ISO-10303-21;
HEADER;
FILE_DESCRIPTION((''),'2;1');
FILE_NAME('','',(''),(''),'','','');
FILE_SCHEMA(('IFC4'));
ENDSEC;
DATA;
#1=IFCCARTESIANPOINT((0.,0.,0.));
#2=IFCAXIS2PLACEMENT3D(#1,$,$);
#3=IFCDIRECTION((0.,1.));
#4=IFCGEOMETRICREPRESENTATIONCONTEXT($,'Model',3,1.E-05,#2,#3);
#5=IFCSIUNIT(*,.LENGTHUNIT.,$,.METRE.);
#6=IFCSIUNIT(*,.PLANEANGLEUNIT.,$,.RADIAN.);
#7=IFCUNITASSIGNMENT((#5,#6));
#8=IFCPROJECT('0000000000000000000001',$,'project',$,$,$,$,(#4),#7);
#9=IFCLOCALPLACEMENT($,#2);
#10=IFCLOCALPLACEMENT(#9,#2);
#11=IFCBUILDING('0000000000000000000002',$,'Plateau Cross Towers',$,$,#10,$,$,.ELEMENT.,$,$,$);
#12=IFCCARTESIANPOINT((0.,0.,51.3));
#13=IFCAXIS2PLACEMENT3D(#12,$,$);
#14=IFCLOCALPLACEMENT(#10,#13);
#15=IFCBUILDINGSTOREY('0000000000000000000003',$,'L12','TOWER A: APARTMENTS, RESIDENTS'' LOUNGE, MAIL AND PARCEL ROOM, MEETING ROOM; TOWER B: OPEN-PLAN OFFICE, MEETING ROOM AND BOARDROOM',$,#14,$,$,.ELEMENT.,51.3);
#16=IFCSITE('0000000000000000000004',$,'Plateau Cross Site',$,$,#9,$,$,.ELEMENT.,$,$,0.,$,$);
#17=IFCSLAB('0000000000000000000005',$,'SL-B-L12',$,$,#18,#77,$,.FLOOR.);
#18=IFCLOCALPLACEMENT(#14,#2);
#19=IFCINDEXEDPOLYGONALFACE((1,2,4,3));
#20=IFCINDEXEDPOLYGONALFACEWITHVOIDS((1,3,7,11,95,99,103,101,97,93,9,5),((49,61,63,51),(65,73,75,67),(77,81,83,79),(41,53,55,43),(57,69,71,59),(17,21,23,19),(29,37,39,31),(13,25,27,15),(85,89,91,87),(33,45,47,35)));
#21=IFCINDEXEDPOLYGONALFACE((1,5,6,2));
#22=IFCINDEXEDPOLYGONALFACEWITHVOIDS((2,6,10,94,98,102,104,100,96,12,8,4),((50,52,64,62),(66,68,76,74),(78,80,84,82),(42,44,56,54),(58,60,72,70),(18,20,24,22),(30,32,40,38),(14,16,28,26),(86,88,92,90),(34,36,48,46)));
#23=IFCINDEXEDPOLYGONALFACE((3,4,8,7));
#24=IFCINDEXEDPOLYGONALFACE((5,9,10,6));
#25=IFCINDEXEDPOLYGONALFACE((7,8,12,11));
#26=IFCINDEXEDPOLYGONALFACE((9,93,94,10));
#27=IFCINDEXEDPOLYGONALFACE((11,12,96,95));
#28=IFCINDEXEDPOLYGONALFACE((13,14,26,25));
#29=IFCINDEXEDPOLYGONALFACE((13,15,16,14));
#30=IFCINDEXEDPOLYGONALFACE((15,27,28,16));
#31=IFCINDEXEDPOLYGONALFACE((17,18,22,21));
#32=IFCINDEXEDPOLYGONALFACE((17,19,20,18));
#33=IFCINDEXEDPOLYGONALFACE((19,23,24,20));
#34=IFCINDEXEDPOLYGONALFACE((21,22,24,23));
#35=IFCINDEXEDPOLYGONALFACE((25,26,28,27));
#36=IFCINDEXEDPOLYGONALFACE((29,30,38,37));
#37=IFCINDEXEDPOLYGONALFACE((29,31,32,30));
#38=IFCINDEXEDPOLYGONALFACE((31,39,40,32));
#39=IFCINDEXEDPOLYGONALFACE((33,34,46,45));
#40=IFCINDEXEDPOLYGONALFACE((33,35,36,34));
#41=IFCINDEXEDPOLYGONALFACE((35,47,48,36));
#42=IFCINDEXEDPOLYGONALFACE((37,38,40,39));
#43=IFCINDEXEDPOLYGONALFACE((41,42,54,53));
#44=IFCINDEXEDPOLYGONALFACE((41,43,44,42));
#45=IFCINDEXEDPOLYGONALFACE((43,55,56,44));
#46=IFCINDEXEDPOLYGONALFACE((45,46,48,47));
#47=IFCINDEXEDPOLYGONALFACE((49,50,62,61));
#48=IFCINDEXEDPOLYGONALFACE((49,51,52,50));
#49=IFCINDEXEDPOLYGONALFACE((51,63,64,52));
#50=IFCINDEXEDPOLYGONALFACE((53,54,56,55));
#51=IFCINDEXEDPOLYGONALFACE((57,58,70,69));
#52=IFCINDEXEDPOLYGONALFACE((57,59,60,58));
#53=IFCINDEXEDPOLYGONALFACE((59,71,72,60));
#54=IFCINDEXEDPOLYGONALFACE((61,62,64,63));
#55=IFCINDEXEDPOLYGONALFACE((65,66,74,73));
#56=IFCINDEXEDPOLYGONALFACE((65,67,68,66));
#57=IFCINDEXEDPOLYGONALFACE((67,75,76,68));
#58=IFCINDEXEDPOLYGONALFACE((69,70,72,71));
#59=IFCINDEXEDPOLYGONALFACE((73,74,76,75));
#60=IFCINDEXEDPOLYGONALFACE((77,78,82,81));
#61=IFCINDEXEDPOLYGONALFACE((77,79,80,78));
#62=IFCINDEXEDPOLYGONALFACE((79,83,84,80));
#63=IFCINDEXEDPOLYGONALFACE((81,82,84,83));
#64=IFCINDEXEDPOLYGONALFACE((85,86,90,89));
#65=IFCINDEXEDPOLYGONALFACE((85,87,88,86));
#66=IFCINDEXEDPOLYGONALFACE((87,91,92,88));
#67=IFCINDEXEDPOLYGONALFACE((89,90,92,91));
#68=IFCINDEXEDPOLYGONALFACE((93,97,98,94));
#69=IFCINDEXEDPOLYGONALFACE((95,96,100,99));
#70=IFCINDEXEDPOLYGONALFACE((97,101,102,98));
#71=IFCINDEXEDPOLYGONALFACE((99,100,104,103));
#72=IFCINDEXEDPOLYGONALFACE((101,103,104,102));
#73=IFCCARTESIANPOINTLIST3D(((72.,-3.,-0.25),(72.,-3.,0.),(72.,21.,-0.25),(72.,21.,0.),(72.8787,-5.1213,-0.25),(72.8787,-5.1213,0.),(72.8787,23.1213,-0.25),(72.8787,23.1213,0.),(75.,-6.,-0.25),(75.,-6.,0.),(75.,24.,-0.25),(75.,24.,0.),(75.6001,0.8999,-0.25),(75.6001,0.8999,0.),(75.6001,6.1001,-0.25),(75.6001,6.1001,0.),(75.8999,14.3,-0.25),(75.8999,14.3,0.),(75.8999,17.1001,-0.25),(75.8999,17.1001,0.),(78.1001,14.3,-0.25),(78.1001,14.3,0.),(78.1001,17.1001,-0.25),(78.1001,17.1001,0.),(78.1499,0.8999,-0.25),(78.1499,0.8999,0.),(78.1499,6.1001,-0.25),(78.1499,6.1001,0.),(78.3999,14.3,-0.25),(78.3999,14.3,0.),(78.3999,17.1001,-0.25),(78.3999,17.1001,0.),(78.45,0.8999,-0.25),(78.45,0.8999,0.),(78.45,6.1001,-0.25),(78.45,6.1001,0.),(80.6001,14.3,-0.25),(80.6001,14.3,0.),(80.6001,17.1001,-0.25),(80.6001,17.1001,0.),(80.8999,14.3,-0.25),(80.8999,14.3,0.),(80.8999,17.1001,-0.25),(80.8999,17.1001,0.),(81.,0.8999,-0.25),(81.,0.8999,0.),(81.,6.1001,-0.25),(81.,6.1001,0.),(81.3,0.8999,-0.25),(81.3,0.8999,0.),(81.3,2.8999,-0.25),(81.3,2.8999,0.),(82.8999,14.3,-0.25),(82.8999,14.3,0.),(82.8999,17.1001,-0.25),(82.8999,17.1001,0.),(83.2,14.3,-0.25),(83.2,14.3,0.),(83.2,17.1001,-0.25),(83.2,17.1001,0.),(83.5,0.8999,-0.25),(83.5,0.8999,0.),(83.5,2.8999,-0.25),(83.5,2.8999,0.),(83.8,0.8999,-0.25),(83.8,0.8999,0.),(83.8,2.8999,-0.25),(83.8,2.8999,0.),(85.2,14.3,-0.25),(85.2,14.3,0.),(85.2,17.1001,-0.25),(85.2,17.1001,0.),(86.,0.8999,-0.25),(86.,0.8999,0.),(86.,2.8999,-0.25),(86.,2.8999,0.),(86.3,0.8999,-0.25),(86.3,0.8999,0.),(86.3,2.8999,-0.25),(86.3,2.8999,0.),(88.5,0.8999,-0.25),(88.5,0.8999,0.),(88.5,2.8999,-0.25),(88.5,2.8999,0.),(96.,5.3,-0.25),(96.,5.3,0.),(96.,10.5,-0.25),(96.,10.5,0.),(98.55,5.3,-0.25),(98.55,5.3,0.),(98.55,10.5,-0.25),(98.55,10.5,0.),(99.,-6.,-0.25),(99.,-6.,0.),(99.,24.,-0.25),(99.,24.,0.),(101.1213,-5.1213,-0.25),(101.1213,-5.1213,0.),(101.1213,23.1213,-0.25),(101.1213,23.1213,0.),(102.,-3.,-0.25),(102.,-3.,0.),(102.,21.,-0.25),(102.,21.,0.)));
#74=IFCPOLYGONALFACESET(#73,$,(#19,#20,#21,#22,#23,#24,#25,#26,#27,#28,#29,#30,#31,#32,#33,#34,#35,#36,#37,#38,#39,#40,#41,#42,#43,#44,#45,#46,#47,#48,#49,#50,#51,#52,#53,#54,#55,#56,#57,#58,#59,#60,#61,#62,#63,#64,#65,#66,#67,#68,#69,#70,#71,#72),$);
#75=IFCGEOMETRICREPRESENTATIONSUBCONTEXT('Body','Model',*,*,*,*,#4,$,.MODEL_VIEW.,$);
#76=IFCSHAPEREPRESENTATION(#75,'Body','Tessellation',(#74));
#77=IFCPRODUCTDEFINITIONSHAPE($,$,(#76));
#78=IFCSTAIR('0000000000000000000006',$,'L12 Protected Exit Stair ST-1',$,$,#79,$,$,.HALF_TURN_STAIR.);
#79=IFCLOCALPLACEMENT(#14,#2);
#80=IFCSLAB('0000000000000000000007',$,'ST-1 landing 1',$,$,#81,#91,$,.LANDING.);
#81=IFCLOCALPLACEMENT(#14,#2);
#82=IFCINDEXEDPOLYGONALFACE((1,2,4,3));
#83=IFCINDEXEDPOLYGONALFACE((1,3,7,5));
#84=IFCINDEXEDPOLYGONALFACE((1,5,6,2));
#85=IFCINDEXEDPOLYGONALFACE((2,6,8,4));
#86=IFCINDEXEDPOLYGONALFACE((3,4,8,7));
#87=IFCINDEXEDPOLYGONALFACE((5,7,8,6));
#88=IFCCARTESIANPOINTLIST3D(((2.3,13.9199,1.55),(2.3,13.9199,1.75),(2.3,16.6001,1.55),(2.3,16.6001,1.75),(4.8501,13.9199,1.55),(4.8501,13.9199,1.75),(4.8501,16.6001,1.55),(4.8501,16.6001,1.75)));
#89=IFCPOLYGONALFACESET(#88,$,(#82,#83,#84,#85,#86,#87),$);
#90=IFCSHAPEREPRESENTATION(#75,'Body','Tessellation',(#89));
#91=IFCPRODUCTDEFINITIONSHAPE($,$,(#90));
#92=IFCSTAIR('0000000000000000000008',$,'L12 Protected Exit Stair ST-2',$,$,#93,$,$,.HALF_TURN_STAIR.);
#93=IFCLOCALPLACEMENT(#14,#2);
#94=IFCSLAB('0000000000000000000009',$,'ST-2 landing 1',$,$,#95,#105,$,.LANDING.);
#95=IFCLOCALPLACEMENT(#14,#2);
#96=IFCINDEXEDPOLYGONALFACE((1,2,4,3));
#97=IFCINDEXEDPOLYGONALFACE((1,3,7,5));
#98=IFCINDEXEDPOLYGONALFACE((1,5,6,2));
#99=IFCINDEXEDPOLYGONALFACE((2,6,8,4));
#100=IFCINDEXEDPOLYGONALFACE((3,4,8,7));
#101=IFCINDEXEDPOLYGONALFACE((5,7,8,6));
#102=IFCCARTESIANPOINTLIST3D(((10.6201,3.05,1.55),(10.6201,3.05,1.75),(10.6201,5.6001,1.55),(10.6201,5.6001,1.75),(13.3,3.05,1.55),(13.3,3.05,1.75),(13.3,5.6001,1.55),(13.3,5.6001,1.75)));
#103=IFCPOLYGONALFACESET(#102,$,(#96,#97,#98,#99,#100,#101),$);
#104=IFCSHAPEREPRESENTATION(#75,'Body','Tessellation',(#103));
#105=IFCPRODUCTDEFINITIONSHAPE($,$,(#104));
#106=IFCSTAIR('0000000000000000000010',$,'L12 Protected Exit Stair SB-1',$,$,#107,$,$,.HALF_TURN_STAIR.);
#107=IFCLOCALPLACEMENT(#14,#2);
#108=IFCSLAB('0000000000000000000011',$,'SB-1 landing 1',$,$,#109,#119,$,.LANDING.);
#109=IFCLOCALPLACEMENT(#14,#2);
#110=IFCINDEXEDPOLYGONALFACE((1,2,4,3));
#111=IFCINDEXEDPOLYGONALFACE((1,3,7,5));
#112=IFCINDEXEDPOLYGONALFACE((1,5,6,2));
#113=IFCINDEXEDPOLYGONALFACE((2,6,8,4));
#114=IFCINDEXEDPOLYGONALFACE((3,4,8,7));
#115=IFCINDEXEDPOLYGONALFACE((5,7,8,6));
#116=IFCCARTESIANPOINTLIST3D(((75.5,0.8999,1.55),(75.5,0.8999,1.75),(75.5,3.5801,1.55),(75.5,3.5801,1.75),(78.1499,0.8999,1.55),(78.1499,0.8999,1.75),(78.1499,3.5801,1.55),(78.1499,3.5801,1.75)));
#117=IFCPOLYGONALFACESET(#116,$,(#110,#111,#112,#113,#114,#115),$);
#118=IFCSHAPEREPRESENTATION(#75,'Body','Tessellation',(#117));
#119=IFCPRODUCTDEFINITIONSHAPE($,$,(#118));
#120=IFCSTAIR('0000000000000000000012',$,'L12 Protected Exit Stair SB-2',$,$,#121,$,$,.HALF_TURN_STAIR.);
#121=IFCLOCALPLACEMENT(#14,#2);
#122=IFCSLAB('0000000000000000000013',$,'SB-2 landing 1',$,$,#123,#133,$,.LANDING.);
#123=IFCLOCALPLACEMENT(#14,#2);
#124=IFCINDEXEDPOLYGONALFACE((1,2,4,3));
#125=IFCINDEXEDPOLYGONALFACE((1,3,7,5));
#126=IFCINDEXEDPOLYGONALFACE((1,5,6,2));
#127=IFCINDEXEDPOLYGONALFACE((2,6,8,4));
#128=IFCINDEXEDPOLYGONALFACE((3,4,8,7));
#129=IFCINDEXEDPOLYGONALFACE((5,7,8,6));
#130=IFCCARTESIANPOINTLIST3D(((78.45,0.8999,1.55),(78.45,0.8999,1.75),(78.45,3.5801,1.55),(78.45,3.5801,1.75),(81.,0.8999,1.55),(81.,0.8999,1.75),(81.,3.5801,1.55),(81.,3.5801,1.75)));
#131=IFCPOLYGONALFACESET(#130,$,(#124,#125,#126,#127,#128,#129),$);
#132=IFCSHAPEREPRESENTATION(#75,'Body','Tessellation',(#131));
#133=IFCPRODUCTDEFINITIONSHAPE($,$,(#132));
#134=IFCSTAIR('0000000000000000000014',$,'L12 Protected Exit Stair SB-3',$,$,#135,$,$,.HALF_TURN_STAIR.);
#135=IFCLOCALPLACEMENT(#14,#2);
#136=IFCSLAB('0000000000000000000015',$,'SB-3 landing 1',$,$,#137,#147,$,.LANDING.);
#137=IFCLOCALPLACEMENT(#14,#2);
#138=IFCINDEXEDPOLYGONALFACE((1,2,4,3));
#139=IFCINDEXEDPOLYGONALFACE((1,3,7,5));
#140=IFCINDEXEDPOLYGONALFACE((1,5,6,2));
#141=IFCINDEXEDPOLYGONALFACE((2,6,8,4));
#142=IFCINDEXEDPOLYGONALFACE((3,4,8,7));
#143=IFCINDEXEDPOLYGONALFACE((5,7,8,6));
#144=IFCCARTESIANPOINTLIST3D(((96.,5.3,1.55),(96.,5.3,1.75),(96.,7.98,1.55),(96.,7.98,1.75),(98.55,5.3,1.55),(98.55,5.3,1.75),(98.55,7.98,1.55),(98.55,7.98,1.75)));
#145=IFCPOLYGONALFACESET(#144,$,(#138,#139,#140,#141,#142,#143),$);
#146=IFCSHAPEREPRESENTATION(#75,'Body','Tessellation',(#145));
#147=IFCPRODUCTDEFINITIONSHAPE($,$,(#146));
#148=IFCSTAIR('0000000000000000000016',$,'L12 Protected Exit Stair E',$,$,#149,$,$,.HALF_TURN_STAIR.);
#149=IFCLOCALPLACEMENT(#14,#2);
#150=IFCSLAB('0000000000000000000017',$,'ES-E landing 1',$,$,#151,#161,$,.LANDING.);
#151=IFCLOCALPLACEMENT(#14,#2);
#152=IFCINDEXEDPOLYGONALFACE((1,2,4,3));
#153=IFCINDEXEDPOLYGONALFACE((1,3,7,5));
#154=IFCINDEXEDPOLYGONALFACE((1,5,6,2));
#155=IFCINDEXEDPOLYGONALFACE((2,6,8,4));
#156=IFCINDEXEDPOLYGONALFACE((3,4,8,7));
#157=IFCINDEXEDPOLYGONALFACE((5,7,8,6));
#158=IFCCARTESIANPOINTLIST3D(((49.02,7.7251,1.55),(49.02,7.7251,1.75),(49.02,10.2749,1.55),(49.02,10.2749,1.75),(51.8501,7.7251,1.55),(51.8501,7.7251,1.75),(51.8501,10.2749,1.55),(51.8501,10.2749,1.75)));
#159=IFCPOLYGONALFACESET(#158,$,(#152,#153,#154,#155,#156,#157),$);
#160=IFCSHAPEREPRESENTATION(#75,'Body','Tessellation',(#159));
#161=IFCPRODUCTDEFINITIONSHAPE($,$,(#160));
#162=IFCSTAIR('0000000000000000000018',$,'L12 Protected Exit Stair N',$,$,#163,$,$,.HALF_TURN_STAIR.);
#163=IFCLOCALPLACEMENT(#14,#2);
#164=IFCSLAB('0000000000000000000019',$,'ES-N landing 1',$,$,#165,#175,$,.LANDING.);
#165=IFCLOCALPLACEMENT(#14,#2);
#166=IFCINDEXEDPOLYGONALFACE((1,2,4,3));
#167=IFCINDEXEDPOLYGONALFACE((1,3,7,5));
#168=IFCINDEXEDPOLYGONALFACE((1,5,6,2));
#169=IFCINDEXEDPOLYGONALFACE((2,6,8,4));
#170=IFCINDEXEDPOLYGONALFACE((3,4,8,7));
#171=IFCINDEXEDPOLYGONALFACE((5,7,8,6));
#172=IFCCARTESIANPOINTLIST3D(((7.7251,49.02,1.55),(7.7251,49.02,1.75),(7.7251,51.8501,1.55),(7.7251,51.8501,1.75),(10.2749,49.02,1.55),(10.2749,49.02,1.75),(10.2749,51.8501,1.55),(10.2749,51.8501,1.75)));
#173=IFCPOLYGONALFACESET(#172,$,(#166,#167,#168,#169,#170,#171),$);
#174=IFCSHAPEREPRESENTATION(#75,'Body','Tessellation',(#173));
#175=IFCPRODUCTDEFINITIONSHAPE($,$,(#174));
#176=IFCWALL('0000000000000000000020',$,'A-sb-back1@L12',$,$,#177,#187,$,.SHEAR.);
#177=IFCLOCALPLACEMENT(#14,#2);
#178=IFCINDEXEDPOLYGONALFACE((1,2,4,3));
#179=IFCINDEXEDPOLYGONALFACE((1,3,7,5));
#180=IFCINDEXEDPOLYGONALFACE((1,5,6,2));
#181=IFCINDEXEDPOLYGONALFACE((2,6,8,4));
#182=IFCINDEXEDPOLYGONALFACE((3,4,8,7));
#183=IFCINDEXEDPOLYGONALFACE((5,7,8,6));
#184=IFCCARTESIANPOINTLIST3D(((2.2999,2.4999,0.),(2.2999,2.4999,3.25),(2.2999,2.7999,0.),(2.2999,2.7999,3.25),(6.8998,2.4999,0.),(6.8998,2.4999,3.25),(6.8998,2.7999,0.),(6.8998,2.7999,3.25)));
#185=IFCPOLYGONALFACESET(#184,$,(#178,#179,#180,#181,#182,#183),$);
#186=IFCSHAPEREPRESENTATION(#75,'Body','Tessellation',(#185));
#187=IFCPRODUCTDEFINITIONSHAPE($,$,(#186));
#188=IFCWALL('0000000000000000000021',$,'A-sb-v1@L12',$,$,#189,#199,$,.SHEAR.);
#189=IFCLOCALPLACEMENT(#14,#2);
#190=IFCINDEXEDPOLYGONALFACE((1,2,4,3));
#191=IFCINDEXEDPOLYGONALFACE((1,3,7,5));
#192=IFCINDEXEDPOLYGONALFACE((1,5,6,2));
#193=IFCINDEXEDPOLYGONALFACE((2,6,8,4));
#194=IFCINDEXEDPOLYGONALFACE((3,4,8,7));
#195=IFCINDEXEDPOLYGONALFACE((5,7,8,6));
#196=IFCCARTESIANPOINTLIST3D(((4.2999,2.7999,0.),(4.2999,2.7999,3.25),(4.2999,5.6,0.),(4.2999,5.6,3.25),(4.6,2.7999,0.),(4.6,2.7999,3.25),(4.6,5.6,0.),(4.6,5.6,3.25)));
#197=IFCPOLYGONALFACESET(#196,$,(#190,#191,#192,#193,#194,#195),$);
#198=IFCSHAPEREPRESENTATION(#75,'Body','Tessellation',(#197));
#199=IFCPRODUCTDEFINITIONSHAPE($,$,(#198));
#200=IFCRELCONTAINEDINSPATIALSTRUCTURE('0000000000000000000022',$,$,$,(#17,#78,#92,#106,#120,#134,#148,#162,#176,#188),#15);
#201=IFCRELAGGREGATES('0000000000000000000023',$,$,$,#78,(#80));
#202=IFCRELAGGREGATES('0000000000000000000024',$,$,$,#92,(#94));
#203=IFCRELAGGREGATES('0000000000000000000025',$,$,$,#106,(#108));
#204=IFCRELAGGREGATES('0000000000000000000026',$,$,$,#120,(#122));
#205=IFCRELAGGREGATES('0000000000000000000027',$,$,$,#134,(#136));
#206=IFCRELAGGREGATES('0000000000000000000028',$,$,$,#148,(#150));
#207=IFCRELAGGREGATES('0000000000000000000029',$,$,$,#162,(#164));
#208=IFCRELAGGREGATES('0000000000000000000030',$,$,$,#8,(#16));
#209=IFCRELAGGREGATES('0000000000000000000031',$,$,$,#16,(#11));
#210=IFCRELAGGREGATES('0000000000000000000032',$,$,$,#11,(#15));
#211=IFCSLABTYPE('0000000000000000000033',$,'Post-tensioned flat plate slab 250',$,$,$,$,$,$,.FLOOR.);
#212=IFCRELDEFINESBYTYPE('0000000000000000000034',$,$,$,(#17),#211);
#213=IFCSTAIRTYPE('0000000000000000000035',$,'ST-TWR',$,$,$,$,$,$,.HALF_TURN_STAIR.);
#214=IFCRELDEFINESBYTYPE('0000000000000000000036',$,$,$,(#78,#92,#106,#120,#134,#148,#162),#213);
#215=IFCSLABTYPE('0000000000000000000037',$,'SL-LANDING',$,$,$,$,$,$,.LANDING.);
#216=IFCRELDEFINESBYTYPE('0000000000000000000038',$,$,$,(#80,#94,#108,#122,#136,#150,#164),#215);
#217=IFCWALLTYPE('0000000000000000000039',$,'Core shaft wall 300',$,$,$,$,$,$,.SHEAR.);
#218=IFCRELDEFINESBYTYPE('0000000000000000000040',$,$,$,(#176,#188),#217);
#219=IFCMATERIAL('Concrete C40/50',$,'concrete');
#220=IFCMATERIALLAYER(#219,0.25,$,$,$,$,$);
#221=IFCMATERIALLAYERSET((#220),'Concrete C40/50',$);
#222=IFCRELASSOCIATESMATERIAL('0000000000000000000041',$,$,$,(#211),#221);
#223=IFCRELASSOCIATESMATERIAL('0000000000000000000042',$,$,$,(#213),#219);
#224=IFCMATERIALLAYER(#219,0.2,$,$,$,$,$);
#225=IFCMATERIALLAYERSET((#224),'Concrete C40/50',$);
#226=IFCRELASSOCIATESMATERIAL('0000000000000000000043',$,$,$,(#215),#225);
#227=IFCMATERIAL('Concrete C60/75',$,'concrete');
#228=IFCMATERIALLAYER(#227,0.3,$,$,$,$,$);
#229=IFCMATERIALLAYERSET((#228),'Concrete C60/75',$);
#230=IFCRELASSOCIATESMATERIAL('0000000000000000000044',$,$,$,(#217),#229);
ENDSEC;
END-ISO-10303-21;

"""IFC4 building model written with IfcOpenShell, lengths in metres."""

from ifc_helpers import new_model, si_unit, direction, frame, frame_2d, origin, place, context, subcontext, project, spatial, polyline, rectangle, outline, extrude, material, layer, layer_set, type_object, element, aggregate, save


model = new_model("IFC4")

# Units and contexts
model_context = context("Model", 3, precision=1e-05, world=origin(), true_north=direction((0.0, 1.0)))
body_context = subcontext(model_context, "Body", "Model", "MODEL_VIEW")
ifc_project = project(units=[si_unit("LENGTHUNIT", "METRE"), si_unit("PLANEANGLEUNIT", "RADIAN")], contexts=[model_context])

# Site, building, storey
site_placement = place(None, origin())
site = spatial("IfcSite", under=ifc_project, at=site_placement, Name="Plateau Cross Site", CompositionType="ELEMENT", RefElevation=0.0)
building_placement = place(site_placement, origin())
building = spatial("IfcBuilding", under=site, at=building_placement, Name="Plateau Cross Towers", CompositionType="ELEMENT")
storey_placement = place(building_placement, frame((0.0, 0.0, 51.3)))
storey = spatial("IfcBuildingStorey", under=building, at=storey_placement, Name="L12", Description="TOWER A: APARTMENTS, RESIDENTS' LOUNGE, MAIL AND PARCEL ROOM, MEETING ROOM; TOWER B: OPEN-PLAN OFFICE, MEETING ROOM AND BOARDROOM", CompositionType="ELEMENT", Elevation=51.3)

# Shared definitions
ifc_material_1 = material(Name="Concrete C60/75", Category="concrete")

# Shared definitions
ifc_material_2 = material(Name="Concrete C40/50", Category="concrete")

# Slab
ifc_layer_1 = layer(ifc_material_2, 0.25)
ifc_layer_set_1 = layer_set([ifc_layer_1], Name="Concrete C40/50")
slab_type_1 = type_object("IfcSlabType", Name="Post-tensioned flat plate slab 250", PredefinedType="FLOOR", material=ifc_layer_set_1)
slab_1_placement = place(storey_placement, frame((0.0, 0.0, -0.25)))
element("IfcSlab", 1, at=slab_1_placement, inside=storey, type_object=slab_type_1, Name="SL-B-L12", PredefinedType="FLOOR", context=body_context, shape_type="SweptSolid", body=[
    extrude(outline(polyline([(72.8787, -5.1213), (72.0, -3.0), (72.0, 21.0), (72.8787, 23.1213), (75.0, 24.0), (99.0, 24.0), (101.1213, 23.1213), (102.0, 21.0), (102.0, -3.0), (101.1213, -5.1213), (99.0, -6.0), (75.0, -6.0), (72.8787, -5.1213)]), holes=[polyline([(75.6001, 0.8999), (78.1499, 0.8999), (78.1499, 6.1001), (75.6001, 6.1001), (75.6001, 0.8999)]), polyline([(78.1001, 14.3), (78.1001, 17.1001), (75.8999, 17.1001), (75.8999, 14.3), (78.1001, 14.3)]), polyline([(83.5, 0.8999), (83.5, 2.8999), (81.3, 2.8999), (81.3, 0.8999), (83.5, 0.8999)]), polyline([(86.0, 0.8999), (86.0, 2.8999), (83.8, 2.8999), (83.8, 0.8999), (86.0, 0.8999)]), polyline([(88.5, 0.8999), (88.5, 2.8999), (86.3, 2.8999), (86.3, 0.8999), (88.5, 0.8999)]), polyline([(78.45, 0.8999), (81.0, 0.8999), (81.0, 6.1001), (78.45, 6.1001), (78.45, 0.8999)]), polyline([(96.0, 5.3), (98.55, 5.3), (98.55, 10.5), (96.0, 10.5), (96.0, 5.3)]), polyline([(80.6001, 14.3), (80.6001, 17.1001), (78.3999, 17.1001), (78.3999, 14.3), (80.6001, 14.3)]), polyline([(80.8999, 14.3), (82.8999, 14.3), (82.8999, 17.1001), (80.8999, 17.1001), (80.8999, 14.3)]), polyline([(83.2, 14.3), (85.2, 14.3), (85.2, 17.1001), (83.2, 17.1001), (83.2, 14.3)])]), origin(), (0.0, 0.0, 1.0), 0.25),
])

# Stairs, slabs
stair_type = type_object("IfcStairType", Name="ST-TWR", PredefinedType="HALF_TURN_STAIR", material=ifc_material_2)
stair_1_placement = place(storey_placement, origin())
stair_1 = element("IfcStair", 2, at=stair_1_placement, inside=storey, type_object=stair_type, Name="L12 Protected Exit Stair ST-1", PredefinedType="HALF_TURN_STAIR")
ifc_layer_2 = layer(ifc_material_2, 0.2)
ifc_layer_set_2 = layer_set([ifc_layer_2], Name="Concrete C40/50")
slab_type_2 = type_object("IfcSlabType", Name="SL-LANDING", PredefinedType="LANDING", material=ifc_layer_set_2)
slab_2_placement = place(storey_placement, frame((0.0, 0.0, 1.55)))
slab_2 = element("IfcSlab", 3, at=slab_2_placement, type_object=slab_type_2, Name="ST-1 landing 1", PredefinedType="LANDING", context=body_context, shape_type="SweptSolid", body=[
    extrude(outline(polyline([(4.8501, 13.9199), (4.8501, 16.6001), (2.3, 16.6001), (2.3, 13.9199), (4.8501, 13.9199)])), origin(), (0.0, 0.0, 1.0), 0.2),
])
aggregate(stair_1, [slab_2])
stair_2_placement = place(storey_placement, origin())
stair_2 = element("IfcStair", 4, at=stair_2_placement, inside=storey, type_object=stair_type, Name="L12 Protected Exit Stair ST-2", PredefinedType="HALF_TURN_STAIR")
slab_3_placement = place(storey_placement, frame((0.0, 0.0, 1.55)))
slab_3 = element("IfcSlab", 5, at=slab_3_placement, type_object=slab_type_2, Name="ST-2 landing 1", PredefinedType="LANDING", context=body_context, shape_type="SweptSolid", body=[
    extrude(outline(polyline([(10.6201, 3.05), (13.3, 3.05), (13.3, 5.6001), (10.6201, 5.6001), (10.6201, 3.05)])), origin(), (0.0, 0.0, 1.0), 0.2),
])
aggregate(stair_2, [slab_3])
stair_3_placement = place(storey_placement, origin())
stair_3 = element("IfcStair", 6, at=stair_3_placement, inside=storey, type_object=stair_type, Name="L12 Protected Exit Stair SB-1", PredefinedType="HALF_TURN_STAIR")
slab_4_placement = place(storey_placement, frame((0.0, 0.0, 1.55)))
slab_4 = element("IfcSlab", 7, at=slab_4_placement, type_object=slab_type_2, Name="SB-1 landing 1", PredefinedType="LANDING", context=body_context, shape_type="SweptSolid", body=[
    extrude(outline(polyline([(75.5, 3.5801), (75.5, 0.8999), (78.1499, 0.8999), (78.1499, 3.5801), (75.5, 3.5801)])), origin(), (0.0, 0.0, 1.0), 0.2),
])
aggregate(stair_3, [slab_4])
stair_4_placement = place(storey_placement, origin())
stair_4 = element("IfcStair", 8, at=stair_4_placement, inside=storey, type_object=stair_type, Name="L12 Protected Exit Stair SB-2", PredefinedType="HALF_TURN_STAIR")
slab_5_placement = place(storey_placement, frame((0.0, 0.0, 1.55)))
slab_5 = element("IfcSlab", 9, at=slab_5_placement, type_object=slab_type_2, Name="SB-2 landing 1", PredefinedType="LANDING", context=body_context, shape_type="SweptSolid", body=[
    extrude(outline(polyline([(78.45, 3.5801), (78.45, 0.8999), (81.0, 0.8999), (81.0, 3.5801), (78.45, 3.5801)])), origin(), (0.0, 0.0, 1.0), 0.2),
])
aggregate(stair_4, [slab_5])
stair_5_placement = place(storey_placement, origin())
stair_5 = element("IfcStair", 10, at=stair_5_placement, inside=storey, type_object=stair_type, Name="L12 Protected Exit Stair SB-3", PredefinedType="HALF_TURN_STAIR")
slab_6_placement = place(storey_placement, frame((0.0, 0.0, 1.55)))
slab_6 = element("IfcSlab", 11, at=slab_6_placement, type_object=slab_type_2, Name="SB-3 landing 1", PredefinedType="LANDING", context=body_context, shape_type="SweptSolid", body=[
    extrude(outline(polyline([(96.0, 7.98), (96.0, 5.3), (98.55, 5.3), (98.55, 7.98), (96.0, 7.98)])), origin(), (0.0, 0.0, 1.0), 0.2),
])
aggregate(stair_5, [slab_6])
stair_6_placement = place(storey_placement, origin())
stair_6 = element("IfcStair", 12, at=stair_6_placement, inside=storey, type_object=stair_type, Name="L12 Protected Exit Stair E", PredefinedType="HALF_TURN_STAIR")
slab_7_placement = place(storey_placement, frame((0.0, 0.0, 1.55)))
slab_7 = element("IfcSlab", 13, at=slab_7_placement, type_object=slab_type_2, Name="ES-E landing 1", PredefinedType="LANDING", context=body_context, shape_type="SweptSolid", body=[
    extrude(outline(polyline([(49.02, 7.7251), (51.8501, 7.7251), (51.8501, 10.2749), (49.02, 10.2749), (49.02, 7.7251)])), origin(), (0.0, 0.0, 1.0), 0.2),
])
aggregate(stair_6, [slab_7])
stair_7_placement = place(storey_placement, origin())
stair_7 = element("IfcStair", 14, at=stair_7_placement, inside=storey, type_object=stair_type, Name="L12 Protected Exit Stair N", PredefinedType="HALF_TURN_STAIR")
slab_8_placement = place(storey_placement, frame((0.0, 0.0, 1.55)))
slab_8 = element("IfcSlab", 15, at=slab_8_placement, type_object=slab_type_2, Name="ES-N landing 1", PredefinedType="LANDING", context=body_context, shape_type="SweptSolid", body=[
    extrude(outline(polyline([(10.2749, 49.02), (10.2749, 51.8501), (7.7251, 51.8501), (7.7251, 49.02), (10.2749, 49.02)])), origin(), (0.0, 0.0, 1.0), 0.2),
])
aggregate(stair_7, [slab_8])

# Walls
ifc_layer_3 = layer(ifc_material_1, 0.3)
ifc_layer_set_3 = layer_set([ifc_layer_3], Name="Concrete C60/75")
wall_type_1 = type_object("IfcWallType", Name="Core shaft wall 300", PredefinedType="SHEAR", material=ifc_layer_set_3)
wall_1_placement = place(storey_placement, frame((2.3, 2.6499, 0.0), z_axis=(0.0, 0.0, 1.0), x_axis=(1.0, 0.0, 0.0)))
element("IfcWall", 16, at=wall_1_placement, inside=storey, type_object=wall_type_1, Name="A-sb-back1@L12", PredefinedType="SHEAR", context=body_context, shape_type="SweptSolid", body=[
    extrude(rectangle(XDim=4.5999, YDim=0.3, at=frame_2d((2.2998, 0.0))), origin(), (0.0, 0.0, 1.0), 3.25),
])
wall_2_placement = place(storey_placement, frame((4.45, 2.8, 0.0), z_axis=(0.0, 0.0, 1.0), x_axis=(0.0, 1.0, 0.0)))
element("IfcWall", 17, at=wall_2_placement, inside=storey, type_object=wall_type_1, Name="A-sb-v1@L12", PredefinedType="SHEAR", context=body_context, shape_type="SweptSolid", body=[
    extrude(rectangle(XDim=2.8, YDim=0.3, at=frame_2d((1.3999, 0.0))), origin(), (0.0, 0.0, 1.0), 3.25),
])

save(model, "model.ifc")
